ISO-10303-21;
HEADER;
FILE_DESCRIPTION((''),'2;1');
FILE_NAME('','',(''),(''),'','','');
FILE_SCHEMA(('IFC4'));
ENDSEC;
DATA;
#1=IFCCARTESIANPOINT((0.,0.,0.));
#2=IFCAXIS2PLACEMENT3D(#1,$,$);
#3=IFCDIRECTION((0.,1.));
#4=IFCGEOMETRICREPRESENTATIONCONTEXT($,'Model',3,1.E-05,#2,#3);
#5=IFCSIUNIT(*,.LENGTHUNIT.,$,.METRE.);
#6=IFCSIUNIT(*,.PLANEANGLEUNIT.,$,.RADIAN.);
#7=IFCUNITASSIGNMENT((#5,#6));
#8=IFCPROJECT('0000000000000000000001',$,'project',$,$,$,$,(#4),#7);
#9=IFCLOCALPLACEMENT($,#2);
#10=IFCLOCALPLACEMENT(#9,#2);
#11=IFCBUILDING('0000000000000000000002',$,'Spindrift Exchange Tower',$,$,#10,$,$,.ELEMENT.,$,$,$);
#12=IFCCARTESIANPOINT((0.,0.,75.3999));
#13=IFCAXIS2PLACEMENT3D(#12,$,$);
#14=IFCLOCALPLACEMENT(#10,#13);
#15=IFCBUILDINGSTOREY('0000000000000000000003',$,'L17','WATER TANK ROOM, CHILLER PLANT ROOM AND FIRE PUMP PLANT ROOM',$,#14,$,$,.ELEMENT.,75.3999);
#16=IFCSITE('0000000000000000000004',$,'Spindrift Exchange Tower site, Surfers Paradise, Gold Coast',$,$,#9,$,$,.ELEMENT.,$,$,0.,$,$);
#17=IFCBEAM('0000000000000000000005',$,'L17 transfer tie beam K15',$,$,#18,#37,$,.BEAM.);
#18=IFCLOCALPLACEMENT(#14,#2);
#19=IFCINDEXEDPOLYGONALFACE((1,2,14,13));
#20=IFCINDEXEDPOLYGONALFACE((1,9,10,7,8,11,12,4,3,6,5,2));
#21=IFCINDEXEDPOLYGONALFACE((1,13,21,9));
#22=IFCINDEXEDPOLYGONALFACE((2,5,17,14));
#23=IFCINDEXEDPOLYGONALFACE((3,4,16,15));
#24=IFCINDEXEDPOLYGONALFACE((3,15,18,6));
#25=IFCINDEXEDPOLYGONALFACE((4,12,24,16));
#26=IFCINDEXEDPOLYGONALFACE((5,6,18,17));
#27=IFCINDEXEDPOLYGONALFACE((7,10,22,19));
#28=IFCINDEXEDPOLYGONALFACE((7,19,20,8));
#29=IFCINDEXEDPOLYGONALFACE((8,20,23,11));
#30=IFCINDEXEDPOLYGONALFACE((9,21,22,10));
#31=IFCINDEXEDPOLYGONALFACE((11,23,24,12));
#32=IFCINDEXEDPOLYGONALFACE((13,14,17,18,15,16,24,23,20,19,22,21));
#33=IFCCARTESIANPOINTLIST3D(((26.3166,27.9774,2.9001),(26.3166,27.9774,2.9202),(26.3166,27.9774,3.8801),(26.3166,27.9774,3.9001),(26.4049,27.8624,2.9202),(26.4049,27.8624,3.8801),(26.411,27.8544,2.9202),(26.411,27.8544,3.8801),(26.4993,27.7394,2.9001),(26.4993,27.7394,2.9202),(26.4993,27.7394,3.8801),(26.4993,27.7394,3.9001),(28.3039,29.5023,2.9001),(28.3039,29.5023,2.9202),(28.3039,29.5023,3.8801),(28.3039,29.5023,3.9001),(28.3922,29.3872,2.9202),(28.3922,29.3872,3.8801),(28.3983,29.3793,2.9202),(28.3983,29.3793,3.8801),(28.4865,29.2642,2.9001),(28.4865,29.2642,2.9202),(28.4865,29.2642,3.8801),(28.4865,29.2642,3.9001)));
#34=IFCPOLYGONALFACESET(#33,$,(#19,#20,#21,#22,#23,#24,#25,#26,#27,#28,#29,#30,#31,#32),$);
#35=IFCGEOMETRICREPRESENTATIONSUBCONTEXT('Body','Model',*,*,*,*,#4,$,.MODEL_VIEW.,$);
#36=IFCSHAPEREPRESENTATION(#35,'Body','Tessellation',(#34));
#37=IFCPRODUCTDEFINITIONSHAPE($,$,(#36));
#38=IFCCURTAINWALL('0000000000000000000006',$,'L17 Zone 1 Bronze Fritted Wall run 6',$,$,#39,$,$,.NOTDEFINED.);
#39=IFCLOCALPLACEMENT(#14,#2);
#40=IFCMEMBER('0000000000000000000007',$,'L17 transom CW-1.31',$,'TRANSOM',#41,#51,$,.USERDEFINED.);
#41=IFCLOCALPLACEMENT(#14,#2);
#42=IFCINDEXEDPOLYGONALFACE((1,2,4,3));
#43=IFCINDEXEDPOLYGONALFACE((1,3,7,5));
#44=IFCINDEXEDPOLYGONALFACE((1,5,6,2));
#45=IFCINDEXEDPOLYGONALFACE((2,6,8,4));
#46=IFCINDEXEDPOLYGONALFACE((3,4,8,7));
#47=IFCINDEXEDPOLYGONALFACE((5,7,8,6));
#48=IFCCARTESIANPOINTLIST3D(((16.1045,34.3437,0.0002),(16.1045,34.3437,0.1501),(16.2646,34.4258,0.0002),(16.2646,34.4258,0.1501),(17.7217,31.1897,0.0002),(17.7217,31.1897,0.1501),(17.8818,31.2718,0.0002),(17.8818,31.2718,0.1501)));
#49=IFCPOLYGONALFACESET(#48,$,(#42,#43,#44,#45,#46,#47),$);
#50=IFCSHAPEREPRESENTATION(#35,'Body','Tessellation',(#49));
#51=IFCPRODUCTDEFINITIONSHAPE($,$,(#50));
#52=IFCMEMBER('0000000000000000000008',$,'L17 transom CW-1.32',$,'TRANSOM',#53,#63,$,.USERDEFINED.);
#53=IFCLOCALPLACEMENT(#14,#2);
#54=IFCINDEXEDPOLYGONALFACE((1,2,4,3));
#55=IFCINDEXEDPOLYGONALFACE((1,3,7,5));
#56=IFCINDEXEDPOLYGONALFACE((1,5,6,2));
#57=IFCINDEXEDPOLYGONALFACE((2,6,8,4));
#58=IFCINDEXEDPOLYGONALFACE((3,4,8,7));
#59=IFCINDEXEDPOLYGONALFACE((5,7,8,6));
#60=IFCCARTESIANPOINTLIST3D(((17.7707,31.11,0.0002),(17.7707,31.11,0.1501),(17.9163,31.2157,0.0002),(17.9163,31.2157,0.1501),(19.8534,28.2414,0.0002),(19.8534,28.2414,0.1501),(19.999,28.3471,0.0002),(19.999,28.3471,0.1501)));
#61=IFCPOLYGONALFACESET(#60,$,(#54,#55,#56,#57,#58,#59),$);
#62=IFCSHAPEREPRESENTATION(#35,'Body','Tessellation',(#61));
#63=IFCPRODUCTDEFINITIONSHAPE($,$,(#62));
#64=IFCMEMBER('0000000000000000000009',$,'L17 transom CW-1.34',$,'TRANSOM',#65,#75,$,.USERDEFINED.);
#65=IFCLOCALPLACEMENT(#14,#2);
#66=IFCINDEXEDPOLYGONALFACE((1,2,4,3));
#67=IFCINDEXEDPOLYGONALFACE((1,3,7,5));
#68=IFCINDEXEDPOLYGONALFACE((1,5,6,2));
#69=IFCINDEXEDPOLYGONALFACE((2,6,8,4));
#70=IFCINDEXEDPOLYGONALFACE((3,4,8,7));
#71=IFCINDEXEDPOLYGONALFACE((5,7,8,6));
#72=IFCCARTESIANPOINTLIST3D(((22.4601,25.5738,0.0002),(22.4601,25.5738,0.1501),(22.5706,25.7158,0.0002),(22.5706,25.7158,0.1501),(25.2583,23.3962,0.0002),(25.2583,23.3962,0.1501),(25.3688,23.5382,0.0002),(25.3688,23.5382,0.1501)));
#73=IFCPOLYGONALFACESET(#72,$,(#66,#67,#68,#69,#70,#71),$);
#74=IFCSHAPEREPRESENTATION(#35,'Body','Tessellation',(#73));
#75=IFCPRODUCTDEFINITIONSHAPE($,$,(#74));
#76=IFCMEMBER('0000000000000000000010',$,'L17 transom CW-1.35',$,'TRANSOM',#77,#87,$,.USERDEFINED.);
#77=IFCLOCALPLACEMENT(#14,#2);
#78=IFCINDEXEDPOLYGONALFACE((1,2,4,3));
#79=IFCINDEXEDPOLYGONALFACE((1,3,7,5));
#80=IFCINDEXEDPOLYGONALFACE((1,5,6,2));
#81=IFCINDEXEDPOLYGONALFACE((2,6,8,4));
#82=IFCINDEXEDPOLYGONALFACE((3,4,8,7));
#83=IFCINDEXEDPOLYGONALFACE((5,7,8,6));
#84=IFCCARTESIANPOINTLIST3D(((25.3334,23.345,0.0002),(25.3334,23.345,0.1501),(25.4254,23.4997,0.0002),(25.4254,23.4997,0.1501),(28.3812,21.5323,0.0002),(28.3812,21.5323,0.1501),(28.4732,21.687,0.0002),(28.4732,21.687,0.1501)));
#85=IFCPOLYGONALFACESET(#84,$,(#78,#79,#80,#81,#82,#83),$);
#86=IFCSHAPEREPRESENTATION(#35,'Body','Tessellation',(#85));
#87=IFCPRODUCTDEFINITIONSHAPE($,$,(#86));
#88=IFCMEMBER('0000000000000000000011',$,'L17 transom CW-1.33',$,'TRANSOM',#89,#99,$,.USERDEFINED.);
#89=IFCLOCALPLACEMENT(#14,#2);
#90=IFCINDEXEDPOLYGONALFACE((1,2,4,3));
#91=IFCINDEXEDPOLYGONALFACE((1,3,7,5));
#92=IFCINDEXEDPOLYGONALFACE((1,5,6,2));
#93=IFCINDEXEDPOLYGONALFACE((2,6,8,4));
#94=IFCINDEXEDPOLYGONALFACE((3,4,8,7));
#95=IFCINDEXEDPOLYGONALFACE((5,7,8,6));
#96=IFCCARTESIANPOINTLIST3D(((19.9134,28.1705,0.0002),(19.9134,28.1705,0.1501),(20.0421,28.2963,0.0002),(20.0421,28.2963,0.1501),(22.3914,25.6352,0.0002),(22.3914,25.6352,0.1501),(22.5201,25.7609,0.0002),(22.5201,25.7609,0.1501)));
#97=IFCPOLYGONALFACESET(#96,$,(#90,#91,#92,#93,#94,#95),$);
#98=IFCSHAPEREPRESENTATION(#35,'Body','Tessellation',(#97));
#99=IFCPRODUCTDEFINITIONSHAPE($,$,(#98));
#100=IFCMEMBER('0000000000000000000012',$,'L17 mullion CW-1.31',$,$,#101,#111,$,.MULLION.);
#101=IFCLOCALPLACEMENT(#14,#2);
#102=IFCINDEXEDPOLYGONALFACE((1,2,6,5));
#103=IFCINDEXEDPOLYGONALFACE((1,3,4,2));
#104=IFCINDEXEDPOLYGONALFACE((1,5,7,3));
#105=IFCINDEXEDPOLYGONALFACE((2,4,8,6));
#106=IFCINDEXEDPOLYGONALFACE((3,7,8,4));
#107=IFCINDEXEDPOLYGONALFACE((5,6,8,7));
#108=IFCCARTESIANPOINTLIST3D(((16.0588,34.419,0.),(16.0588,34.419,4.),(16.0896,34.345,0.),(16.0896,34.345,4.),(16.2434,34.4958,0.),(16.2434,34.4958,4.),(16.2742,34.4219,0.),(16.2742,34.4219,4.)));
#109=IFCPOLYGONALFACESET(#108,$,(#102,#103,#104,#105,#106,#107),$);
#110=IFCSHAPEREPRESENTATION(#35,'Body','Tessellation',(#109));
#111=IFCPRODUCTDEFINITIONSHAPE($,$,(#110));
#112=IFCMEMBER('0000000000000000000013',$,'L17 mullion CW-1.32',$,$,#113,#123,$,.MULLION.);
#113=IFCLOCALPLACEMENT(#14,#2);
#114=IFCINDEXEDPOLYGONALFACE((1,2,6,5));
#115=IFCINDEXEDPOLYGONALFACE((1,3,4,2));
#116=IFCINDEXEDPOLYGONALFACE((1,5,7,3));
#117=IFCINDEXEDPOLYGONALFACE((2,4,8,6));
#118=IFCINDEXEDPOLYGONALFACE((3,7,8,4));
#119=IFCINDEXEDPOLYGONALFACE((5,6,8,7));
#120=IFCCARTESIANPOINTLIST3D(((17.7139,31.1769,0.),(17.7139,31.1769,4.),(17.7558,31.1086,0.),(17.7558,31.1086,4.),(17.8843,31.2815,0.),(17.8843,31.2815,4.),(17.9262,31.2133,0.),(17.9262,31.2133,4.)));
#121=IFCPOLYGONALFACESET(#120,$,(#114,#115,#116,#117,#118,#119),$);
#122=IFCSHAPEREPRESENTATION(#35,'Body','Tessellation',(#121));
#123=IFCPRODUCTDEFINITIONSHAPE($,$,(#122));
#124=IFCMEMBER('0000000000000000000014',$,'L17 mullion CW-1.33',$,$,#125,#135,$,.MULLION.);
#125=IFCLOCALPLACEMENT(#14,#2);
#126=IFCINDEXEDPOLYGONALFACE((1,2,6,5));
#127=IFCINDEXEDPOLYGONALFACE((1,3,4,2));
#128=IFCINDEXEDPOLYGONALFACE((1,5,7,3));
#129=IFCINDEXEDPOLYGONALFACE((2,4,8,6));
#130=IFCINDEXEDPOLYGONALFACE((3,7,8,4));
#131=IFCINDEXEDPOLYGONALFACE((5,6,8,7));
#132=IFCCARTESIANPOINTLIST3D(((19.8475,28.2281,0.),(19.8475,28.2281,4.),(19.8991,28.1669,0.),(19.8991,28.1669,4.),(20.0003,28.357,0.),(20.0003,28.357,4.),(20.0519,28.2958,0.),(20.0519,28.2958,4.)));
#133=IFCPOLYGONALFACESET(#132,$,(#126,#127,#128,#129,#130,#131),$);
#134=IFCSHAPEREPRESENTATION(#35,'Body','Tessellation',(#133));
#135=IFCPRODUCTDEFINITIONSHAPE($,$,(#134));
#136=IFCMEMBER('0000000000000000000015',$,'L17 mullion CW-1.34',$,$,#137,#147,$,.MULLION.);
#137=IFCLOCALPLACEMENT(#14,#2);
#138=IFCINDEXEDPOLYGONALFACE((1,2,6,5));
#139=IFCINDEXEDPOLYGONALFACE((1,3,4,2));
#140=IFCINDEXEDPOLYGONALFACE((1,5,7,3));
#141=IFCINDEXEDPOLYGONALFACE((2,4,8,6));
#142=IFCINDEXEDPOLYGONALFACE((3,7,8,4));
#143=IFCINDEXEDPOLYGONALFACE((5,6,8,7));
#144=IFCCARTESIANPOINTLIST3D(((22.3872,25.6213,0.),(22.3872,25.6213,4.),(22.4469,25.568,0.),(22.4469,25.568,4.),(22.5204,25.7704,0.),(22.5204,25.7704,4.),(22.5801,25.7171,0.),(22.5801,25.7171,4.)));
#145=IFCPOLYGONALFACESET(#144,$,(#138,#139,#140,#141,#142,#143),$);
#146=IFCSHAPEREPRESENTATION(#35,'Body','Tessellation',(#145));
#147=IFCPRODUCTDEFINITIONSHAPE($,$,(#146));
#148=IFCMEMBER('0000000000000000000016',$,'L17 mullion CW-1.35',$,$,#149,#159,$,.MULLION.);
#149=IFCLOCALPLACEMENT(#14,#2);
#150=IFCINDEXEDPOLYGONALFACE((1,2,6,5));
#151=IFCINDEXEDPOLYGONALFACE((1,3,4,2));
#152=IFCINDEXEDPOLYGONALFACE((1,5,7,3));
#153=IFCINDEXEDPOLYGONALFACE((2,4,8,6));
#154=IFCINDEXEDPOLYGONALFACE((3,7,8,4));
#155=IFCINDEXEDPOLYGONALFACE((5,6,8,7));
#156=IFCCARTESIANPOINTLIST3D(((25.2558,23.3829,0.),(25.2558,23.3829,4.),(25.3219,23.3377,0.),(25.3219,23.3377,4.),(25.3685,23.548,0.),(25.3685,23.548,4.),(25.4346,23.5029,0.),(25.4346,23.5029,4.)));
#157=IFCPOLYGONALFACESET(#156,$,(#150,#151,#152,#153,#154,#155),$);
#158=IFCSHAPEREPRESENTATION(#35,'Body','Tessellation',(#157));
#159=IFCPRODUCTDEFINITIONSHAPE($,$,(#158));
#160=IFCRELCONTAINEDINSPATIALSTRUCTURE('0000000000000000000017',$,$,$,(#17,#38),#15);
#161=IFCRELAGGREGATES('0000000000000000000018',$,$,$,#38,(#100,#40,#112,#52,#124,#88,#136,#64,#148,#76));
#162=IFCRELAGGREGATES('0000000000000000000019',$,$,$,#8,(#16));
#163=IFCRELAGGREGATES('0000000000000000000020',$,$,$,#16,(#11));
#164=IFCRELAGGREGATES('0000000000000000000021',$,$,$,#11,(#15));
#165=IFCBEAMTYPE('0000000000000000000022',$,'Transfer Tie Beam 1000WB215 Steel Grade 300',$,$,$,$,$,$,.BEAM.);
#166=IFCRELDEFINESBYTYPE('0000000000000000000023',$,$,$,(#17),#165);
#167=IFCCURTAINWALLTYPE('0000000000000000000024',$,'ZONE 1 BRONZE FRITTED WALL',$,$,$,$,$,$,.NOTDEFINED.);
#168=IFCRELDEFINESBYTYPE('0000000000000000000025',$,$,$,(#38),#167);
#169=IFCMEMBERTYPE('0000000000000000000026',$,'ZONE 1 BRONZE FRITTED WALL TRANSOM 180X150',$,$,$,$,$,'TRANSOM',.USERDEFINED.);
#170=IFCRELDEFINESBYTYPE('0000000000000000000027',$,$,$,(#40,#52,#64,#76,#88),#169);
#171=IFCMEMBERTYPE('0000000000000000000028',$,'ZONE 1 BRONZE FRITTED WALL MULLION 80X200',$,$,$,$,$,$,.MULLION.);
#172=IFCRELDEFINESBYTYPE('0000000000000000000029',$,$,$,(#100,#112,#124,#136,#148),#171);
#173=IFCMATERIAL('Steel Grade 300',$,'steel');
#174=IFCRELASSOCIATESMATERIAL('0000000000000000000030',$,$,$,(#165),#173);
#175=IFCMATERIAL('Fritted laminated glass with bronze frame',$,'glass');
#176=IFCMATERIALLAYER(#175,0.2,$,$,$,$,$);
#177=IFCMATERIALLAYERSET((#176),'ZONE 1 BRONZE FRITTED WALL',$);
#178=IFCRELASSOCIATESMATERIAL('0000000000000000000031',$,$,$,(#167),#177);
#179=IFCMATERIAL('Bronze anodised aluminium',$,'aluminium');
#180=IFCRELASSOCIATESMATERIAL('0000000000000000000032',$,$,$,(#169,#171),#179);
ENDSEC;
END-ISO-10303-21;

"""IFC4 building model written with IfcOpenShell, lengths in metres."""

from ifc_helpers import new_model, si_unit, direction, frame, origin, origin_2d, place, context, subcontext, project, spatial, rectangle, i_section, extrude, source, transform, mapped, material, layer, layer_set, material_profile, profile_set, type_object, element, aggregate, save


model = new_model("IFC4")

# Units and contexts
model_context = context("Model", 3, precision=1e-05, world=origin(), true_north=direction((0.0, 1.0)))
body_context = subcontext(model_context, "Body", "Model", "MODEL_VIEW")
ifc_project = project(units=[si_unit("LENGTHUNIT", "METRE"), si_unit("PLANEANGLEUNIT", "RADIAN")], contexts=[model_context])

# Site, building, storey
site_placement = place(None, origin())
site = spatial("IfcSite", under=ifc_project, at=site_placement, Name="Spindrift Exchange Tower site, Surfers Paradise, Gold Coast", CompositionType="ELEMENT", RefElevation=0.0)
building_placement = place(site_placement, origin())
building = spatial("IfcBuilding", under=site, at=building_placement, Name="Spindrift Exchange Tower", CompositionType="ELEMENT")
storey_placement = place(building_placement, frame((0.0, 0.0, 75.3999)))
storey = spatial("IfcBuildingStorey", under=building, at=storey_placement, Name="L17", Description="WATER TANK ROOM, CHILLER PLANT ROOM AND FIRE PUMP PLANT ROOM", CompositionType="ELEMENT", Elevation=75.3999)

# Shared definitions
ifc_material_1 = material(Name="Steel Grade 300", Category="steel")

# Beam
ifc_material_profile_1 = material_profile(ifc_material_1, i_section(OverallWidth=0.3, OverallDepth=1.0, WebThickness=0.01, FlangeThickness=0.02, at=origin_2d()), Name="1000WB215")
ifc_profile_set_1 = profile_set([ifc_material_profile_1], Name="Steel Grade 300")
beam_type_1 = type_object("IfcBeamType", Name="Transfer Tie Beam 1000WB215 Steel Grade 300", PredefinedType="BEAM", material=ifc_profile_set_1)
shared_shape_1 = source(origin(), body_context, "Body", "SweptSolid", [
    extrude(i_section(OverallWidth=0.3, OverallDepth=1.0, WebThickness=0.01, FlangeThickness=0.02, at=origin_2d()), origin(), (0.0, 0.0, 1.0), 2.5049),
])
beam_1_placement = place(storey_placement, frame((26.408, 27.8584, 3.4001), z_axis=(0.793355, 0.608759, 0.0), x_axis=(-0.608759, 0.793355, 0.0)))
element("IfcBeam", 1, at=beam_1_placement, inside=storey, type_object=beam_type_1, Name="L17 transfer tie beam K15", PredefinedType="BEAM", context=body_context, shape_type="MappedRepresentation", body=[
    mapped(shared_shape_1, transform((0.0, 0.0, 0.0), scale=1.0)),
])

# Curtain wall, members
ifc_material_2 = material(Name="Fritted laminated glass with bronze frame", Category="glass")
ifc_layer_1 = layer(ifc_material_2, 0.2)
ifc_layer_set_1 = layer_set([ifc_layer_1], Name="ZONE 1 BRONZE FRITTED WALL")
curtain_wall_type = type_object("IfcCurtainWallType", Name="ZONE 1 BRONZE FRITTED WALL", PredefinedType="NOTDEFINED", material=ifc_layer_set_1)
curtain_wall_placement = place(storey_placement, origin())
curtain_wall = element("IfcCurtainWall", 2, at=curtain_wall_placement, inside=storey, type_object=curtain_wall_type, Name="L17 Zone 1 Bronze Fritted Wall run 6", PredefinedType="NOTDEFINED")
ifc_material_3 = material(Name="Bronze anodised aluminium", Category="aluminium")
ifc_material_profile_2 = material_profile(ifc_material_3, rectangle(XDim=0.1799, YDim=0.1499, at=origin_2d()), Name="ZONE 1 BRONZE FRITTED WALL TRANSOM 180X150")
ifc_profile_set_2 = profile_set([ifc_material_profile_2], Name="Bronze anodised aluminium")
member_type_1 = type_object("IfcMemberType", Name="ZONE 1 BRONZE FRITTED WALL TRANSOM 180X150", ElementType="TRANSOM", PredefinedType="USERDEFINED", material=ifc_profile_set_2)
shared_shape_2 = source(origin(), body_context, "Body", "SweptSolid", [
    extrude(rectangle(XDim=0.1799, YDim=0.1499, at=origin_2d()), origin(), (0.0, 0.0, 1.0), 3.5444),
])
member_1_placement = place(storey_placement, frame((16.1846, 34.3848, 0.0752), z_axis=(0.456255, -0.889849, 0.0), x_axis=(0.889849, 0.456255, 0.0)))
member_1 = element("IfcMember", 3, at=member_1_placement, type_object=member_type_1, Name="L17 transom CW-1.31", ObjectType="TRANSOM", PredefinedType="USERDEFINED", context=body_context, shape_type="MappedRepresentation", body=[
    mapped(shared_shape_2, transform((0.0, 0.0, 0.0), scale=1.0)),
])
shared_shape_3 = source(origin(), body_context, "Body", "SweptSolid", [
    extrude(rectangle(XDim=0.1799, YDim=0.1499, at=origin_2d()), origin(), (0.0, 0.0, 1.0), 3.5449),
])
member_2_placement = place(storey_placement, frame((17.8435, 31.1628, 0.0752), z_axis=(0.58752, -0.809209, 0.0), x_axis=(0.809209, 0.58752, 0.0)))
member_2 = element("IfcMember", 4, at=member_2_placement, type_object=member_type_1, Name="L17 transom CW-1.32", ObjectType="TRANSOM", PredefinedType="USERDEFINED", context=body_context, shape_type="MappedRepresentation", body=[
    mapped(shared_shape_3, transform((0.0, 0.0, 0.0), scale=1.0)),
])
shared_shape_4 = source(origin(), body_context, "Body", "SweptSolid", [
    extrude(rectangle(XDim=0.1799, YDim=0.1499, at=origin_2d()), origin(), (0.0, 0.0, 1.0), 3.5457),
])
member_3_placement = place(storey_placement, frame((22.5154, 25.6448, 0.0752), z_axis=(0.789189, -0.61415, 0.0), x_axis=(0.61415, 0.789189, 0.0)))
member_3 = element("IfcMember", 5, at=member_3_placement, type_object=member_type_1, Name="L17 transom CW-1.34", ObjectType="TRANSOM", PredefinedType="USERDEFINED", context=body_context, shape_type="MappedRepresentation", body=[
    mapped(shared_shape_4, transform((0.0, 0.0, 0.0), scale=1.0)),
])
shared_shape_5 = source(origin(), body_context, "Body", "SweptSolid", [
    extrude(rectangle(XDim=0.1799, YDim=0.1499, at=origin_2d()), origin(), (0.0, 0.0, 1.0), 3.5461),
])
member_4_placement = place(storey_placement, frame((25.3794, 23.4224, 0.0752), z_axis=(0.859473, -0.511181, 0.0), x_axis=(0.511181, 0.859473, 0.0)))
member_4 = element("IfcMember", 6, at=member_4_placement, type_object=member_type_1, Name="L17 transom CW-1.35", ObjectType="TRANSOM", PredefinedType="USERDEFINED", context=body_context, shape_type="MappedRepresentation", body=[
    mapped(shared_shape_5, transform((0.0, 0.0, 0.0), scale=1.0)),
])
shared_shape_6 = source(origin(), body_context, "Body", "SweptSolid", [
    extrude(rectangle(XDim=0.1799, YDim=0.1499, at=origin_2d()), origin(), (0.0, 0.0, 1.0), 3.5452),
])
member_5_placement = place(storey_placement, frame((19.9778, 28.2334, 0.0752), z_axis=(0.698969, -0.715152, 0.0), x_axis=(0.715152, 0.698969, 0.0)))
member_5 = element("IfcMember", 7, at=member_5_placement, type_object=member_type_1, Name="L17 transom CW-1.33", ObjectType="TRANSOM", PredefinedType="USERDEFINED", context=body_context, shape_type="MappedRepresentation", body=[
    mapped(shared_shape_6, transform((0.0, 0.0, 0.0), scale=1.0)),
])
ifc_material_profile_3 = material_profile(ifc_material_3, rectangle(XDim=0.0801, YDim=0.2, at=origin_2d()), Name="ZONE 1 BRONZE FRITTED WALL MULLION 80X200")
ifc_profile_set_3 = profile_set([ifc_material_profile_3], Name="Bronze anodised aluminium")
member_type_2 = type_object("IfcMemberType", Name="ZONE 1 BRONZE FRITTED WALL MULLION 80X200", PredefinedType="MULLION", material=ifc_profile_set_3)
shared_shape_7 = source(origin(), body_context, "Body", "SweptSolid", [
    extrude(rectangle(XDim=0.0801, YDim=0.2, at=origin_2d()), origin(), (0.0, 0.0, 1.0), 4.0),
])
member_6_placement = place(storey_placement, frame((16.1665, 34.4204, 0.0), z_axis=(0.0, 0.0, 1.0), x_axis=(0.384224, -0.92324, 0.0)))
member_6 = element("IfcMember", 8, at=member_6_placement, type_object=member_type_2, Name="L17 mullion CW-1.31", PredefinedType="MULLION", context=body_context, shape_type="MappedRepresentation", body=[
    mapped(shared_shape_7, transform((0.0, 0.0, 0.0), scale=1.0)),
])
member_7_placement = place(storey_placement, frame((17.8201, 31.1951, 0.0), z_axis=(0.0, 0.0, 1.0), x_axis=(0.523453, -0.852054, 0.0)))
member_7 = element("IfcMember", 9, at=member_7_placement, type_object=member_type_2, Name="L17 mullion CW-1.32", PredefinedType="MULLION", context=body_context, shape_type="MappedRepresentation", body=[
    mapped(shared_shape_7, transform((0.0, 0.0, 0.0), scale=1.0)),
])
member_8_placement = place(storey_placement, frame((19.9497, 28.262, 0.0), z_axis=(0.0, 0.0, 1.0), x_axis=(0.644965, -0.764212, 0.0)))
member_8 = element("IfcMember", 10, at=member_8_placement, type_object=member_type_2, Name="L17 mullion CW-1.33", PredefinedType="MULLION", context=body_context, shape_type="MappedRepresentation", body=[
    mapped(shared_shape_7, transform((0.0, 0.0, 0.0), scale=1.0)),
])
member_9_placement = place(storey_placement, frame((22.4836, 25.6692, 0.0), z_axis=(0.0, 0.0, 1.0), x_axis=(0.745807, -0.666162, 0.0)))
member_9 = element("IfcMember", 11, at=member_9_placement, type_object=member_type_2, Name="L17 mullion CW-1.34", PredefinedType="MULLION", context=body_context, shape_type="MappedRepresentation", body=[
    mapped(shared_shape_7, transform((0.0, 0.0, 0.0), scale=1.0)),
])
member_10_placement = place(storey_placement, frame((25.3452, 23.4429, 0.0), z_axis=(0.0, 0.0, 1.0), x_axis=(0.825944, -0.563752, 0.0)))
member_10 = element("IfcMember", 12, at=member_10_placement, type_object=member_type_2, Name="L17 mullion CW-1.35", PredefinedType="MULLION", context=body_context, shape_type="MappedRepresentation", body=[
    mapped(shared_shape_7, transform((0.0, 0.0, 0.0), scale=1.0)),
])

aggregate(curtain_wall, [member_6, member_1, member_7, member_2, member_8, member_5, member_9, member_3, member_10, member_4])

save(model, "model.ifc")
